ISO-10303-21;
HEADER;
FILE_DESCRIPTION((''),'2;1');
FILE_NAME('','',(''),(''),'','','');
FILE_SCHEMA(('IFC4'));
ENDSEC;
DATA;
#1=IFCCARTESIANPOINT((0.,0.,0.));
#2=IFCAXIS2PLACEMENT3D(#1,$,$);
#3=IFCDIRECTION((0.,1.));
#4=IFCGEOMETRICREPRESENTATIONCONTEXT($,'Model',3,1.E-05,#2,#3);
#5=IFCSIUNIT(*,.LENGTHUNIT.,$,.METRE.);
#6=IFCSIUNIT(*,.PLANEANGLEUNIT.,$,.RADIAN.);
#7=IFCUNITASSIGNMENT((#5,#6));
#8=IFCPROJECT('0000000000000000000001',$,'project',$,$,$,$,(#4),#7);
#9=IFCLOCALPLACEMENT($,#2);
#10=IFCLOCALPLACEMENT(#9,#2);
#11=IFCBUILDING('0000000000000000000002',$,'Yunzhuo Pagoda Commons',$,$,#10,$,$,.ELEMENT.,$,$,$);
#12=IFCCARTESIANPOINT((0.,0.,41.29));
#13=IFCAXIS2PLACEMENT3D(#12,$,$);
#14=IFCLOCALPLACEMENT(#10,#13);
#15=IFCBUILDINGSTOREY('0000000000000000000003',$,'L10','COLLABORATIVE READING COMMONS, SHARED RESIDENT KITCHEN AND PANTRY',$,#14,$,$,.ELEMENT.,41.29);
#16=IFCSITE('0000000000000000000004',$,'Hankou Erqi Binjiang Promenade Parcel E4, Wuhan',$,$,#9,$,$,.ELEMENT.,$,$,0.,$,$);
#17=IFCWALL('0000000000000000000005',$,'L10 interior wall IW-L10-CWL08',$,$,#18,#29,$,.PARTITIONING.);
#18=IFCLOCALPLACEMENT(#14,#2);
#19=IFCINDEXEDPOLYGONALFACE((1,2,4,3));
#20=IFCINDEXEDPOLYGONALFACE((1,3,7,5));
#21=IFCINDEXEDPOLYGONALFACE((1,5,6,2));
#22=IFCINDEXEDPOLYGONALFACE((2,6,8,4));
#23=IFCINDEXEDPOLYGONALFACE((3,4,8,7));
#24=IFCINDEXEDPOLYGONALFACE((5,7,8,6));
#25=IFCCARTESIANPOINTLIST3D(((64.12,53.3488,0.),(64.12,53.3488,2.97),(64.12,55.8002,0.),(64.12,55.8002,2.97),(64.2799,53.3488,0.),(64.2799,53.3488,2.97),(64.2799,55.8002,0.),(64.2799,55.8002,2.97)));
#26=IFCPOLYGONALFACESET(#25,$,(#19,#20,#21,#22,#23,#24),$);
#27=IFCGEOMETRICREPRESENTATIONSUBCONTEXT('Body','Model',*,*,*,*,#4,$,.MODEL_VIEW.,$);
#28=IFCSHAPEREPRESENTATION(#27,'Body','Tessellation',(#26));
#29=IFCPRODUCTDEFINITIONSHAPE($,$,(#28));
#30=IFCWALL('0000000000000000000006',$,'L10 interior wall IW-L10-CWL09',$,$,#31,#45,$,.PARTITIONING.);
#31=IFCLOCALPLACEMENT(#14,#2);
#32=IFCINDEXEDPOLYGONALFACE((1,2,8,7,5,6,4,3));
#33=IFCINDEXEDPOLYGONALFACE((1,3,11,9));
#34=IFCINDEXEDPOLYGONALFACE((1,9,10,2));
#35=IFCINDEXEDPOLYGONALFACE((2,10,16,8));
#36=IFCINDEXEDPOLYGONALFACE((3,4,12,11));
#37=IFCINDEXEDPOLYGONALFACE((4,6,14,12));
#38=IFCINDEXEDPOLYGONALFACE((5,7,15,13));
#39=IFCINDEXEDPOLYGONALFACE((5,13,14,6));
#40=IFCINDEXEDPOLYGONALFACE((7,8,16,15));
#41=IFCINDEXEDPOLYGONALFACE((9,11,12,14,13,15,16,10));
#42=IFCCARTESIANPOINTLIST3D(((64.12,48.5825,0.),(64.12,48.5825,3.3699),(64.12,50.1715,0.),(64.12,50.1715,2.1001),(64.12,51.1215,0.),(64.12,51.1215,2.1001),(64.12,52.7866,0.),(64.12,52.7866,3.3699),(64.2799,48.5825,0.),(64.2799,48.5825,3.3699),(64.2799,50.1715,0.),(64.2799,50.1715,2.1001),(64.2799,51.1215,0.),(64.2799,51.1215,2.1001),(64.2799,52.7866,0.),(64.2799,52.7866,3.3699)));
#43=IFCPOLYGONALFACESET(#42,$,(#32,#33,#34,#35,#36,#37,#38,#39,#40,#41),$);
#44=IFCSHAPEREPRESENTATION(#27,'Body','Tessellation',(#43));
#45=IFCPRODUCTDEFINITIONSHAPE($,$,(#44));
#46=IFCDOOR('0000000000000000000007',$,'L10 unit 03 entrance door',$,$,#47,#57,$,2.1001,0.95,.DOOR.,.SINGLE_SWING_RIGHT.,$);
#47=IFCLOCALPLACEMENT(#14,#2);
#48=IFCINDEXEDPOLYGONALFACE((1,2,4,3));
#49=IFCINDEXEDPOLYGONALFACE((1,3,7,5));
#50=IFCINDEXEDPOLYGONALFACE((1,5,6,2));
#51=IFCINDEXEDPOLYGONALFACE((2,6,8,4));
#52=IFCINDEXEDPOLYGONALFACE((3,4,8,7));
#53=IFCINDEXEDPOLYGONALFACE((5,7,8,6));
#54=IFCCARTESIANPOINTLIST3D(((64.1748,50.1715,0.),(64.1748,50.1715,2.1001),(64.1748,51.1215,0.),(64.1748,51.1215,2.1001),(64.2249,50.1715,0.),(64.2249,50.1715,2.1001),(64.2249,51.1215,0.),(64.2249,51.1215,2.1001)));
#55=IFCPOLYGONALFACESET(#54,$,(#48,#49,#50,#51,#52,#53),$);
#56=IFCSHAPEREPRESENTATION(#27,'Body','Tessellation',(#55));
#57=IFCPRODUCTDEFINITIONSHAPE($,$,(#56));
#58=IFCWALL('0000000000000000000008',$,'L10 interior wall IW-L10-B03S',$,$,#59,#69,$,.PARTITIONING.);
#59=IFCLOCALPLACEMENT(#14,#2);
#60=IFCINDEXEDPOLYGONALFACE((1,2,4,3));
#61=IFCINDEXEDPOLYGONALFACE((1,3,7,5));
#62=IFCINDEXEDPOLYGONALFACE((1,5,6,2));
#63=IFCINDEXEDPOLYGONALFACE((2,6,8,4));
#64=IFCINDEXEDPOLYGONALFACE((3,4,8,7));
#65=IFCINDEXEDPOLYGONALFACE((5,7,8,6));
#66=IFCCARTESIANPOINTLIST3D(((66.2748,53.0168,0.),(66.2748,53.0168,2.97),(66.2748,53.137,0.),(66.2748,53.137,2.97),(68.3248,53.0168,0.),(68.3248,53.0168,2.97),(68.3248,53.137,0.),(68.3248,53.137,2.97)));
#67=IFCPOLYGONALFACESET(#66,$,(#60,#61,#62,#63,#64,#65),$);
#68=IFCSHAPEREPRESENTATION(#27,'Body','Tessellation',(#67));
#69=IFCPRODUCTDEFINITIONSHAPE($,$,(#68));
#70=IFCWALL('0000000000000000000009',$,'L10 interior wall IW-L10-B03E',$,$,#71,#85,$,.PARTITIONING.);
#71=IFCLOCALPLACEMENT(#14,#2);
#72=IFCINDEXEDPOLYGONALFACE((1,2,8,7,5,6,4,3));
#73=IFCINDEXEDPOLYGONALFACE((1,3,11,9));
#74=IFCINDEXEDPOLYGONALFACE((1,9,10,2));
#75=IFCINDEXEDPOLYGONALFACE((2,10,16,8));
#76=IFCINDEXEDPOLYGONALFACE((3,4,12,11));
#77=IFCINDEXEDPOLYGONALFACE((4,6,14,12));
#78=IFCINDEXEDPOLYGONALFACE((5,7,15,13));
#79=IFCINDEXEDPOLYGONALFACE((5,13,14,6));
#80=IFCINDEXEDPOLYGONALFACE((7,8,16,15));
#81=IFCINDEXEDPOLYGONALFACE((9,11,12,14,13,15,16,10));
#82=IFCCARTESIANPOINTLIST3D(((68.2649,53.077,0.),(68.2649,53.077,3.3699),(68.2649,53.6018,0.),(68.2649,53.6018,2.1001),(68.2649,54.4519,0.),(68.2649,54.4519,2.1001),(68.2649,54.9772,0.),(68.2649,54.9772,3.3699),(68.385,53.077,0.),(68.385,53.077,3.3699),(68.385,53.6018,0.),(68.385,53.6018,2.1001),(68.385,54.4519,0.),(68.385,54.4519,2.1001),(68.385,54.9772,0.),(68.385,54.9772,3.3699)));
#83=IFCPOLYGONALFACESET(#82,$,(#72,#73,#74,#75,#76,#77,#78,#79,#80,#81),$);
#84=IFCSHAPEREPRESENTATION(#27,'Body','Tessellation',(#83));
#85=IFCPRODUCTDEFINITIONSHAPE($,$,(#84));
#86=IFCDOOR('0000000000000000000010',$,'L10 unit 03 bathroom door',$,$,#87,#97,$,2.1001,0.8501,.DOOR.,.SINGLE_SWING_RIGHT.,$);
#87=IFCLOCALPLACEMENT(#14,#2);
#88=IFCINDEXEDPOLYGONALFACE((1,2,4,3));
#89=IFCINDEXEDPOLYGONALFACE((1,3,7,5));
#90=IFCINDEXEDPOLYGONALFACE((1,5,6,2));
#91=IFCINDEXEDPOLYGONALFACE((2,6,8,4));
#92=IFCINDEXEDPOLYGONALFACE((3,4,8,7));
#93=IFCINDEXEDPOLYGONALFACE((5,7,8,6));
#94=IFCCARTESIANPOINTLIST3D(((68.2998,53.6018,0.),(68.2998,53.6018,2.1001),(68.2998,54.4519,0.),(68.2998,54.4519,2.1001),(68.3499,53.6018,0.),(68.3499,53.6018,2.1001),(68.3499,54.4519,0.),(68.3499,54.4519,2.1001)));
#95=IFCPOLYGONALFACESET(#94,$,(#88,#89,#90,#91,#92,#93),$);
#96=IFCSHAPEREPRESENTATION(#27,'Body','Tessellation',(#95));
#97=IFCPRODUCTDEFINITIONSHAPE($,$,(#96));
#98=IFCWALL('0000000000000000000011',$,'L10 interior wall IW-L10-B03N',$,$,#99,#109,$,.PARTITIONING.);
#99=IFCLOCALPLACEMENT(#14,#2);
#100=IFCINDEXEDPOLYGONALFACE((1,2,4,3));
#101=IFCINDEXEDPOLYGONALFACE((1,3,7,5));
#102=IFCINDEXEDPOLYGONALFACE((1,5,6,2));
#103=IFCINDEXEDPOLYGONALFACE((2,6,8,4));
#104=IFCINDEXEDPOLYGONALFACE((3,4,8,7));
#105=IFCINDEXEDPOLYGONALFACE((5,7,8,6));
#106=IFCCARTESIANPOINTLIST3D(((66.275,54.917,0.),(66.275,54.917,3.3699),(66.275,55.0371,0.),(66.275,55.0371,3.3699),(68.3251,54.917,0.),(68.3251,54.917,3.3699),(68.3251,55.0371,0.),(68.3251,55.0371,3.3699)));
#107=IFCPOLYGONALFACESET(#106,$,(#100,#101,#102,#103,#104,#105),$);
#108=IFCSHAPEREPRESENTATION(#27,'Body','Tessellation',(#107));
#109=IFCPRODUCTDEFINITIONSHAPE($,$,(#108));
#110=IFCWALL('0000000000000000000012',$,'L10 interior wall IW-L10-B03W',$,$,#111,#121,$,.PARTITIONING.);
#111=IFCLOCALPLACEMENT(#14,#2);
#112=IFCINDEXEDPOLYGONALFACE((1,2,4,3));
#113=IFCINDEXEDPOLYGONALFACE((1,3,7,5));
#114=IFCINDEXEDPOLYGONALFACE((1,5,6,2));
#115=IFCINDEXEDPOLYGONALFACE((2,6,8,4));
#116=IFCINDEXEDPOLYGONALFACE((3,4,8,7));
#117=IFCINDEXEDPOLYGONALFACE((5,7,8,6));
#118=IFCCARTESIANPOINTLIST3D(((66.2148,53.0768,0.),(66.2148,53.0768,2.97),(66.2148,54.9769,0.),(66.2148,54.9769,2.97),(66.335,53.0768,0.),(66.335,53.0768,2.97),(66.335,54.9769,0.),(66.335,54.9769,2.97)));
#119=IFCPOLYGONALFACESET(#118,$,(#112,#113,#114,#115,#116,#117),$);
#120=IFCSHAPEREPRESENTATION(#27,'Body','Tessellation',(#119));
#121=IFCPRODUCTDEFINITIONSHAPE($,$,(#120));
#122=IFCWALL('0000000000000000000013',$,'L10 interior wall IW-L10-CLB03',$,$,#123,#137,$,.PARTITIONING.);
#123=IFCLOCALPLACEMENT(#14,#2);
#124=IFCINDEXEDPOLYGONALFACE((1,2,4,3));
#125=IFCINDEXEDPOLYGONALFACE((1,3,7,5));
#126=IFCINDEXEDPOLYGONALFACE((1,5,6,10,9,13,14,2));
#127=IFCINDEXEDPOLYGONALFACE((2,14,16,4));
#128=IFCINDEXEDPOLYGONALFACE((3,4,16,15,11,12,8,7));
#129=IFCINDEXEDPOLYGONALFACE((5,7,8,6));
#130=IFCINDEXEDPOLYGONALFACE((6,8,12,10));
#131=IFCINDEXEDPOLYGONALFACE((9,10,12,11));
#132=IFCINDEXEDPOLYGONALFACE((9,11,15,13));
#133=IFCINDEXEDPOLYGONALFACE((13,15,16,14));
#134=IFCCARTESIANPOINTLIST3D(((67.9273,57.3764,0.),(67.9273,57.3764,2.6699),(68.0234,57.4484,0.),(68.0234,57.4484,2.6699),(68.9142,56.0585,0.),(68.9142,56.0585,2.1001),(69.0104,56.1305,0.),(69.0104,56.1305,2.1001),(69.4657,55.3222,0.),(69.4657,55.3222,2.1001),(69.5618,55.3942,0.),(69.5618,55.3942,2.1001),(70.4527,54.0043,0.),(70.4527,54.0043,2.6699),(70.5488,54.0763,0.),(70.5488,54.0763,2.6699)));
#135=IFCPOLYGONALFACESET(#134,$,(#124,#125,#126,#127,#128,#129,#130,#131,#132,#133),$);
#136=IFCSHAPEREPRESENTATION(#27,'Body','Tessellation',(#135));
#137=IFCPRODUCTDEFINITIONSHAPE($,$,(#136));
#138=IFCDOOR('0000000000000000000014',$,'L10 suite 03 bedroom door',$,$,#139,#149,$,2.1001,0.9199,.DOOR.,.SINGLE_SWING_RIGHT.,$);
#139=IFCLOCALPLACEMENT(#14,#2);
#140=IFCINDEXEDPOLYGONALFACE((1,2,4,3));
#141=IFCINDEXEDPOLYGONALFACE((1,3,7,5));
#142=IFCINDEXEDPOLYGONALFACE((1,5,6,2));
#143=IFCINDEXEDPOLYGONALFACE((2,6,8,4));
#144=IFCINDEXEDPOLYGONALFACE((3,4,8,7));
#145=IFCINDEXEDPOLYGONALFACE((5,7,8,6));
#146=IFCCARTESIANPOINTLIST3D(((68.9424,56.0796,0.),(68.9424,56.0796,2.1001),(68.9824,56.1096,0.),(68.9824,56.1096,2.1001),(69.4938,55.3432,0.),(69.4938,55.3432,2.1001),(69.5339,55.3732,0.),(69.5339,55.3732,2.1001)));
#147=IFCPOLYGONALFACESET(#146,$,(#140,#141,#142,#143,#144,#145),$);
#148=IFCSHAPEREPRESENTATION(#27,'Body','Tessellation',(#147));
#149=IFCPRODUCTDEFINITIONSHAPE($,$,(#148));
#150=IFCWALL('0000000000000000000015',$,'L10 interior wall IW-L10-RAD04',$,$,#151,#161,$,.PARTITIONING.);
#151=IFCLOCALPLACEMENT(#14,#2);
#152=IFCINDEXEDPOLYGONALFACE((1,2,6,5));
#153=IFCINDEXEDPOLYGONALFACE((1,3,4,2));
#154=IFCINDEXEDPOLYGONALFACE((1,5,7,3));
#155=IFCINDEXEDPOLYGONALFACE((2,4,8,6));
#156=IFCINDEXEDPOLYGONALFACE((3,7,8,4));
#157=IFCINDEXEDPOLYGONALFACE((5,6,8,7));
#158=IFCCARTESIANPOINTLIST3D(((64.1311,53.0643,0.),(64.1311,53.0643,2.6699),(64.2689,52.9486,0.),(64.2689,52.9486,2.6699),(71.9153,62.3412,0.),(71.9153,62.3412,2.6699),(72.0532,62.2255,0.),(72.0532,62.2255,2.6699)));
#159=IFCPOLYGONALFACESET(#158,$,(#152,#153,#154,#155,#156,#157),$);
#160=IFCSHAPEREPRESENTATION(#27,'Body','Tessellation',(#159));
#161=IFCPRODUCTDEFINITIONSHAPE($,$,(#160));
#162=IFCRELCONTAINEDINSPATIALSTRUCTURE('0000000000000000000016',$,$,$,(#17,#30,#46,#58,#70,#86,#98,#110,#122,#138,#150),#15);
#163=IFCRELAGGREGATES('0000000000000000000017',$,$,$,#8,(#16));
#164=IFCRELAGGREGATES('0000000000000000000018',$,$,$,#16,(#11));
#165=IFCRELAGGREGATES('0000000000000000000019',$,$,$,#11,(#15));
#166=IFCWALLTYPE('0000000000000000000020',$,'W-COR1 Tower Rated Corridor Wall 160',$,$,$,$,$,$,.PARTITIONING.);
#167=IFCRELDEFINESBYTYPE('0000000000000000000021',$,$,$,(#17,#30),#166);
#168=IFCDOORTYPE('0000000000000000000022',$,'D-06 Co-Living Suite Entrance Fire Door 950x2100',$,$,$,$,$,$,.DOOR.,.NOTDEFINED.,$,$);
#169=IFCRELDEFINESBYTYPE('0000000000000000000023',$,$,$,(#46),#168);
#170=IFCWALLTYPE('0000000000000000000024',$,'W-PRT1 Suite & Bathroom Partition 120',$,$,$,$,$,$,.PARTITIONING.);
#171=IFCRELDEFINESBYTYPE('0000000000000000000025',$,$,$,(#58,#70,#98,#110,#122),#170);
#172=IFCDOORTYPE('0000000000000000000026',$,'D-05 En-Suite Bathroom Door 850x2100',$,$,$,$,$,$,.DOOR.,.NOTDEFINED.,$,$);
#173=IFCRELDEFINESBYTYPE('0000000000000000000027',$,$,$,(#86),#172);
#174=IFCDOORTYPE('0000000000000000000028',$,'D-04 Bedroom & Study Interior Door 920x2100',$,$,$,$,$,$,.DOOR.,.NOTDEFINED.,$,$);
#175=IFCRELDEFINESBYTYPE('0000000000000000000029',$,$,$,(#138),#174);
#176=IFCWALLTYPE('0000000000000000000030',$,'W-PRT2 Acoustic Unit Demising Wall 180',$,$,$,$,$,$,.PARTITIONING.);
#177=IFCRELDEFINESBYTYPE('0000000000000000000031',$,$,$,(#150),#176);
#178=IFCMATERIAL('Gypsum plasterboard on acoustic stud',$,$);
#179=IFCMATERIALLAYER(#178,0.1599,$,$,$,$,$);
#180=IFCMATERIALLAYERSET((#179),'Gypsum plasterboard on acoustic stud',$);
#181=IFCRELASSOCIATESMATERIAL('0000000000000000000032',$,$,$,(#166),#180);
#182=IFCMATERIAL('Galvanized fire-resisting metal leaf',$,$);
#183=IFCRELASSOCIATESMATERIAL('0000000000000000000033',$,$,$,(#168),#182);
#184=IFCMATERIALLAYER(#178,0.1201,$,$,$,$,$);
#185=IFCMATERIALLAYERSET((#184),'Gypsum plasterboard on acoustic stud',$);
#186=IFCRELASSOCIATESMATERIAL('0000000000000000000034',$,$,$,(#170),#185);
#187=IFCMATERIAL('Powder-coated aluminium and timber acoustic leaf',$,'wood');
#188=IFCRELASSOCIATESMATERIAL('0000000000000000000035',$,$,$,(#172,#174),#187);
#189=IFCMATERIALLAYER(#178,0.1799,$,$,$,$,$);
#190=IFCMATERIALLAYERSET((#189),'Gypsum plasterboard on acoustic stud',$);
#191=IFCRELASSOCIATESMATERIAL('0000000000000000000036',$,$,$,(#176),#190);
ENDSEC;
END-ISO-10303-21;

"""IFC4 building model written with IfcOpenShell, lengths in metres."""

from ifc_helpers import new_model, si_unit, direction, frame, frame_2d, origin, origin_with_axes, place, context, subcontext, project, spatial, rectangle, extrude, source, transform, mapped, material, layer, layer_set, type_object, element, fill, save


model = new_model("IFC4")

# Units and contexts
model_context = context("Model", 3, precision=1e-05, world=origin(), true_north=direction((0.0, 1.0)))
body_context = subcontext(model_context, "Body", "Model", "MODEL_VIEW")
ifc_project = project(units=[si_unit("LENGTHUNIT", "METRE"), si_unit("PLANEANGLEUNIT", "RADIAN")], contexts=[model_context])

# Site, building, storey
site_placement = place(None, origin())
site = spatial("IfcSite", under=ifc_project, at=site_placement, Name="Hankou Erqi Binjiang Promenade Parcel E4, Wuhan", CompositionType="ELEMENT", RefElevation=0.0)
building_placement = place(site_placement, origin())
building = spatial("IfcBuilding", under=site, at=building_placement, Name="Yunzhuo Pagoda Commons", CompositionType="ELEMENT")
storey_placement = place(building_placement, frame((0.0, 0.0, 41.29)))
storey = spatial("IfcBuildingStorey", under=building, at=storey_placement, Name="L10", Description="COLLABORATIVE READING COMMONS, SHARED RESIDENT KITCHEN AND PANTRY", CompositionType="ELEMENT", Elevation=41.29)

# Shared definitions
ifc_material_1 = material(Name="Gypsum plasterboard on acoustic stud")
ifc_layer_1 = layer(ifc_material_1, 0.1599)
ifc_layer_set_1 = layer_set([ifc_layer_1], Name="Gypsum plasterboard on acoustic stud")
wall_type_1 = type_object("IfcWallType", Name="W-COR1 Tower Rated Corridor Wall 160", PredefinedType="PARTITIONING", material=ifc_layer_set_1)
ifc_material_2 = material(Name="Galvanized fire-resisting metal leaf")
door_type_1 = type_object("IfcDoorType", Name="D-06 Co-Living Suite Entrance Fire Door 950x2100", OperationType="NOTDEFINED", PredefinedType="DOOR", material=ifc_material_2)
shared_shape_1 = source(origin(), body_context, "Body", "SweptSolid", [
    extrude(rectangle(XDim=0.95, YDim=2.1001, at=frame_2d((0.4751, 1.05))), frame((0.0, 0.0249, 0.0), z_axis=(0.0, -1.0, 0.0), x_axis=(1.0, 0.0, 0.0)), (0.0, 0.0, 1.0), 0.05),
])

# Wall
wall_1_placement = place(storey_placement, frame((64.2, 55.8, 0.0), z_axis=(0.0, 0.0, 1.0), x_axis=(0.0, -1.0, 0.0)))
element("IfcWall", 1, at=wall_1_placement, inside=storey, type_object=wall_type_1, Name="L10 interior wall IW-L10-CWL08", PredefinedType="PARTITIONING", context=body_context, shape_type="SweptSolid", body=[
    extrude(rectangle(XDim=2.4514, YDim=0.1599, at=frame_2d((1.2256, 0.0))), origin(), (0.0, 0.0, 1.0), 2.97),
])

# Wall, opening, door
wall_2_placement = place(storey_placement, frame((64.2, 52.7866, 0.0), z_axis=(0.0, 0.0, 1.0), x_axis=(0.0, -1.0, 0.0)))
wall_2 = element("IfcWall", 2, at=wall_2_placement, inside=storey, type_object=wall_type_1, Name="L10 interior wall IW-L10-CWL09", PredefinedType="PARTITIONING", context=body_context, shape_type="SweptSolid", body=[
    extrude(rectangle(XDim=4.2041, YDim=0.1599, at=frame_2d((2.1021, 0.0))), origin(), (0.0, 0.0, 1.0), 3.3699),
])
opening_1_placement = place(wall_2_placement, frame((1.665, 0.0, 0.0)))
opening_1 = element("IfcOpeningElement", 3, at=opening_1_placement, cuts=wall_2, PredefinedType="OPENING", context=body_context, shape_type="SweptSolid", body=[
    extrude(rectangle(XDim=0.95, YDim=2.1001, at=frame_2d((0.4751, 1.05))), frame((0.0, 0.0898, 0.0), z_axis=(0.0, -1.0, 0.0), x_axis=(1.0, 0.0, 0.0)), (0.0, 0.0, 1.0), 0.1799),
])
door_1_placement = place(opening_1_placement, origin_with_axes())
door_1 = element("IfcDoor", 4, at=door_1_placement, inside=storey, type_object=door_type_1, Name="L10 unit 03 entrance door", OperationType="SINGLE_SWING_RIGHT", OverallHeight=2.1001, OverallWidth=0.95, PredefinedType="DOOR", context=body_context, shape_type="MappedRepresentation", body=[
    mapped(shared_shape_1, transform((0.0, 0.0, 0.0), scale=1.0)),
])
fill(opening_1, door_1)

# Wall
ifc_layer_2 = layer(ifc_material_1, 0.1201)
ifc_layer_set_2 = layer_set([ifc_layer_2], Name="Gypsum plasterboard on acoustic stud")
wall_type_2 = type_object("IfcWallType", Name="W-PRT1 Suite & Bathroom Partition 120", PredefinedType="PARTITIONING", material=ifc_layer_set_2)
wall_3_placement = place(storey_placement, frame((66.2749, 53.0769, 0.0), z_axis=(0.0, 0.0, 1.0), x_axis=(1.0, 0.0, 0.0)))
element("IfcWall", 5, at=wall_3_placement, inside=storey, type_object=wall_type_2, Name="L10 interior wall IW-L10-B03S", PredefinedType="PARTITIONING", context=body_context, shape_type="SweptSolid", body=[
    extrude(rectangle(XDim=2.05, YDim=0.1201, at=frame_2d((1.0249, 0.0))), origin(), (0.0, 0.0, 1.0), 2.97),
])

# Wall, opening, door
wall_4_placement = place(storey_placement, frame((68.325, 53.0769, 0.0), z_axis=(0.0, 0.0, 1.0), x_axis=(0.0, 1.0, 0.0)))
wall_4 = element("IfcWall", 6, at=wall_4_placement, inside=storey, type_object=wall_type_2, Name="L10 interior wall IW-L10-B03E", PredefinedType="PARTITIONING", context=body_context, shape_type="SweptSolid", body=[
    extrude(rectangle(XDim=1.9001, YDim=0.1201, at=frame_2d((0.9502, 0.0))), origin(), (0.0, 0.0, 1.0), 3.3699),
])
opening_2_placement = place(wall_4_placement, frame((0.5249, 0.0, 0.0)))
opening_2 = element("IfcOpeningElement", 7, at=opening_2_placement, cuts=wall_4, PredefinedType="OPENING", context=body_context, shape_type="SweptSolid", body=[
    extrude(rectangle(XDim=0.8501, YDim=2.1001, at=frame_2d((0.425, 1.05))), frame((0.0, 0.0701, 0.0), z_axis=(0.0, -1.0, 0.0), x_axis=(1.0, 0.0, 0.0)), (0.0, 0.0, 1.0), 0.1401),
])
ifc_material_3 = material(Name="Powder-coated aluminium and timber acoustic leaf", Category="wood")
door_type_2 = type_object("IfcDoorType", Name="D-05 En-Suite Bathroom Door 850x2100", OperationType="NOTDEFINED", PredefinedType="DOOR", material=ifc_material_3)
shared_shape_2 = source(origin(), body_context, "Body", "SweptSolid", [
    extrude(rectangle(XDim=0.8501, YDim=2.1001, at=frame_2d((0.425, 1.05))), frame((0.0, 0.0249, 0.0), z_axis=(0.0, -1.0, 0.0), x_axis=(1.0, 0.0, 0.0)), (0.0, 0.0, 1.0), 0.05),
])
door_2_placement = place(opening_2_placement, frame((0.8501, 0.0, 0.0), z_axis=(0.0, 0.0, 1.0), x_axis=(-1.0, 0.0, 0.0)))
door_2 = element("IfcDoor", 8, at=door_2_placement, inside=storey, type_object=door_type_2, Name="L10 unit 03 bathroom door", OperationType="SINGLE_SWING_RIGHT", OverallHeight=2.1001, OverallWidth=0.8501, PredefinedType="DOOR", context=body_context, shape_type="MappedRepresentation", body=[
    mapped(shared_shape_2, transform((0.0, 0.0, 0.0), scale=1.0)),
])
fill(opening_2, door_2)

# Walls
wall_5_placement = place(storey_placement, frame((68.325, 54.9771, 0.0), z_axis=(0.0, 0.0, 1.0), x_axis=(-1.0, 0.0, 0.0)))
element("IfcWall", 9, at=wall_5_placement, inside=storey, type_object=wall_type_2, Name="L10 interior wall IW-L10-B03N", PredefinedType="PARTITIONING", context=body_context, shape_type="SweptSolid", body=[
    extrude(rectangle(XDim=2.05, YDim=0.1201, at=frame_2d((1.0249, 0.0))), origin(), (0.0, 0.0, 1.0), 3.3699),
])
wall_6_placement = place(storey_placement, frame((66.2749, 54.9771, 0.0), z_axis=(0.0, 0.0, 1.0), x_axis=(0.0, -1.0, 0.0)))
element("IfcWall", 10, at=wall_6_placement, inside=storey, type_object=wall_type_2, Name="L10 interior wall IW-L10-B03W", PredefinedType="PARTITIONING", context=body_context, shape_type="SweptSolid", body=[
    extrude(rectangle(XDim=1.9001, YDim=0.1201, at=frame_2d((0.9502, 0.0))), origin(), (0.0, 0.0, 1.0), 2.97),
])

# Wall, opening, door
wall_7_placement = place(storey_placement, frame((70.5007, 54.0403, 0.0), z_axis=(0.0, 0.0, 1.0), x_axis=(-0.599444, 0.800417, 0.0)))
wall_7 = element("IfcWall", 11, at=wall_7_placement, inside=storey, type_object=wall_type_2, Name="L10 interior wall IW-L10-CLB03", PredefinedType="PARTITIONING", context=body_context, shape_type="SweptSolid", body=[
    extrude(rectangle(XDim=4.2129, YDim=0.1201, at=frame_2d((2.1064, 0.0))), origin(), (0.0, 0.0, 1.0), 2.6699),
])
opening_3_placement = place(wall_7_placement, frame((1.6465, 0.0, 0.0)))
opening_3 = element("IfcOpeningElement", 12, at=opening_3_placement, cuts=wall_7, PredefinedType="OPENING", context=body_context, shape_type="SweptSolid", body=[
    extrude(rectangle(XDim=0.9199, YDim=2.1001, at=frame_2d((0.46, 1.05))), frame((0.0, 0.0701, 0.0), z_axis=(0.0, -1.0, 0.0), x_axis=(1.0, 0.0, 0.0)), (0.0, 0.0, 1.0), 0.1401),
])
door_type_3 = type_object("IfcDoorType", Name="D-04 Bedroom & Study Interior Door 920x2100", OperationType="NOTDEFINED", PredefinedType="DOOR", material=ifc_material_3)
shared_shape_3 = source(origin(), body_context, "Body", "SweptSolid", [
    extrude(rectangle(XDim=0.9199, YDim=2.1001, at=frame_2d((0.46, 1.05))), frame((0.0, 0.0249, 0.0), z_axis=(0.0, -1.0, 0.0), x_axis=(1.0, 0.0, 0.0)), (0.0, 0.0, 1.0), 0.05),
])
door_3_placement = place(opening_3_placement, origin_with_axes())
door_3 = element("IfcDoor", 13, at=door_3_placement, inside=storey, type_object=door_type_3, Name="L10 suite 03 bedroom door", OperationType="SINGLE_SWING_RIGHT", OverallHeight=2.1001, OverallWidth=0.9199, PredefinedType="DOOR", context=body_context, shape_type="MappedRepresentation", body=[
    mapped(shared_shape_3, transform((0.0, 0.0, 0.0), scale=1.0)),
])
fill(opening_3, door_3)

# Wall
ifc_layer_3 = layer(ifc_material_1, 0.1799)
ifc_layer_set_3 = layer_set([ifc_layer_3], Name="Gypsum plasterboard on acoustic stud")
wall_type_3 = type_object("IfcWallType", Name="W-PRT2 Acoustic Unit Demising Wall 180", PredefinedType="PARTITIONING", material=ifc_layer_set_3)
wall_8_placement = place(storey_placement, frame((64.2, 53.0063, 0.0), z_axis=(0.0, 0.0, 1.0), x_axis=(0.642786, 0.766046, 0.0)))
element("IfcWall", 14, at=wall_8_placement, inside=storey, type_object=wall_type_3, Name="L10 interior wall IW-L10-RAD04", PredefinedType="PARTITIONING", context=body_context, shape_type="SweptSolid", body=[
    extrude(rectangle(XDim=12.1101, YDim=0.1799, at=frame_2d((6.0552, 0.0))), origin(), (0.0, 0.0, 1.0), 2.6699),
])

save(model, "model.ifc")
